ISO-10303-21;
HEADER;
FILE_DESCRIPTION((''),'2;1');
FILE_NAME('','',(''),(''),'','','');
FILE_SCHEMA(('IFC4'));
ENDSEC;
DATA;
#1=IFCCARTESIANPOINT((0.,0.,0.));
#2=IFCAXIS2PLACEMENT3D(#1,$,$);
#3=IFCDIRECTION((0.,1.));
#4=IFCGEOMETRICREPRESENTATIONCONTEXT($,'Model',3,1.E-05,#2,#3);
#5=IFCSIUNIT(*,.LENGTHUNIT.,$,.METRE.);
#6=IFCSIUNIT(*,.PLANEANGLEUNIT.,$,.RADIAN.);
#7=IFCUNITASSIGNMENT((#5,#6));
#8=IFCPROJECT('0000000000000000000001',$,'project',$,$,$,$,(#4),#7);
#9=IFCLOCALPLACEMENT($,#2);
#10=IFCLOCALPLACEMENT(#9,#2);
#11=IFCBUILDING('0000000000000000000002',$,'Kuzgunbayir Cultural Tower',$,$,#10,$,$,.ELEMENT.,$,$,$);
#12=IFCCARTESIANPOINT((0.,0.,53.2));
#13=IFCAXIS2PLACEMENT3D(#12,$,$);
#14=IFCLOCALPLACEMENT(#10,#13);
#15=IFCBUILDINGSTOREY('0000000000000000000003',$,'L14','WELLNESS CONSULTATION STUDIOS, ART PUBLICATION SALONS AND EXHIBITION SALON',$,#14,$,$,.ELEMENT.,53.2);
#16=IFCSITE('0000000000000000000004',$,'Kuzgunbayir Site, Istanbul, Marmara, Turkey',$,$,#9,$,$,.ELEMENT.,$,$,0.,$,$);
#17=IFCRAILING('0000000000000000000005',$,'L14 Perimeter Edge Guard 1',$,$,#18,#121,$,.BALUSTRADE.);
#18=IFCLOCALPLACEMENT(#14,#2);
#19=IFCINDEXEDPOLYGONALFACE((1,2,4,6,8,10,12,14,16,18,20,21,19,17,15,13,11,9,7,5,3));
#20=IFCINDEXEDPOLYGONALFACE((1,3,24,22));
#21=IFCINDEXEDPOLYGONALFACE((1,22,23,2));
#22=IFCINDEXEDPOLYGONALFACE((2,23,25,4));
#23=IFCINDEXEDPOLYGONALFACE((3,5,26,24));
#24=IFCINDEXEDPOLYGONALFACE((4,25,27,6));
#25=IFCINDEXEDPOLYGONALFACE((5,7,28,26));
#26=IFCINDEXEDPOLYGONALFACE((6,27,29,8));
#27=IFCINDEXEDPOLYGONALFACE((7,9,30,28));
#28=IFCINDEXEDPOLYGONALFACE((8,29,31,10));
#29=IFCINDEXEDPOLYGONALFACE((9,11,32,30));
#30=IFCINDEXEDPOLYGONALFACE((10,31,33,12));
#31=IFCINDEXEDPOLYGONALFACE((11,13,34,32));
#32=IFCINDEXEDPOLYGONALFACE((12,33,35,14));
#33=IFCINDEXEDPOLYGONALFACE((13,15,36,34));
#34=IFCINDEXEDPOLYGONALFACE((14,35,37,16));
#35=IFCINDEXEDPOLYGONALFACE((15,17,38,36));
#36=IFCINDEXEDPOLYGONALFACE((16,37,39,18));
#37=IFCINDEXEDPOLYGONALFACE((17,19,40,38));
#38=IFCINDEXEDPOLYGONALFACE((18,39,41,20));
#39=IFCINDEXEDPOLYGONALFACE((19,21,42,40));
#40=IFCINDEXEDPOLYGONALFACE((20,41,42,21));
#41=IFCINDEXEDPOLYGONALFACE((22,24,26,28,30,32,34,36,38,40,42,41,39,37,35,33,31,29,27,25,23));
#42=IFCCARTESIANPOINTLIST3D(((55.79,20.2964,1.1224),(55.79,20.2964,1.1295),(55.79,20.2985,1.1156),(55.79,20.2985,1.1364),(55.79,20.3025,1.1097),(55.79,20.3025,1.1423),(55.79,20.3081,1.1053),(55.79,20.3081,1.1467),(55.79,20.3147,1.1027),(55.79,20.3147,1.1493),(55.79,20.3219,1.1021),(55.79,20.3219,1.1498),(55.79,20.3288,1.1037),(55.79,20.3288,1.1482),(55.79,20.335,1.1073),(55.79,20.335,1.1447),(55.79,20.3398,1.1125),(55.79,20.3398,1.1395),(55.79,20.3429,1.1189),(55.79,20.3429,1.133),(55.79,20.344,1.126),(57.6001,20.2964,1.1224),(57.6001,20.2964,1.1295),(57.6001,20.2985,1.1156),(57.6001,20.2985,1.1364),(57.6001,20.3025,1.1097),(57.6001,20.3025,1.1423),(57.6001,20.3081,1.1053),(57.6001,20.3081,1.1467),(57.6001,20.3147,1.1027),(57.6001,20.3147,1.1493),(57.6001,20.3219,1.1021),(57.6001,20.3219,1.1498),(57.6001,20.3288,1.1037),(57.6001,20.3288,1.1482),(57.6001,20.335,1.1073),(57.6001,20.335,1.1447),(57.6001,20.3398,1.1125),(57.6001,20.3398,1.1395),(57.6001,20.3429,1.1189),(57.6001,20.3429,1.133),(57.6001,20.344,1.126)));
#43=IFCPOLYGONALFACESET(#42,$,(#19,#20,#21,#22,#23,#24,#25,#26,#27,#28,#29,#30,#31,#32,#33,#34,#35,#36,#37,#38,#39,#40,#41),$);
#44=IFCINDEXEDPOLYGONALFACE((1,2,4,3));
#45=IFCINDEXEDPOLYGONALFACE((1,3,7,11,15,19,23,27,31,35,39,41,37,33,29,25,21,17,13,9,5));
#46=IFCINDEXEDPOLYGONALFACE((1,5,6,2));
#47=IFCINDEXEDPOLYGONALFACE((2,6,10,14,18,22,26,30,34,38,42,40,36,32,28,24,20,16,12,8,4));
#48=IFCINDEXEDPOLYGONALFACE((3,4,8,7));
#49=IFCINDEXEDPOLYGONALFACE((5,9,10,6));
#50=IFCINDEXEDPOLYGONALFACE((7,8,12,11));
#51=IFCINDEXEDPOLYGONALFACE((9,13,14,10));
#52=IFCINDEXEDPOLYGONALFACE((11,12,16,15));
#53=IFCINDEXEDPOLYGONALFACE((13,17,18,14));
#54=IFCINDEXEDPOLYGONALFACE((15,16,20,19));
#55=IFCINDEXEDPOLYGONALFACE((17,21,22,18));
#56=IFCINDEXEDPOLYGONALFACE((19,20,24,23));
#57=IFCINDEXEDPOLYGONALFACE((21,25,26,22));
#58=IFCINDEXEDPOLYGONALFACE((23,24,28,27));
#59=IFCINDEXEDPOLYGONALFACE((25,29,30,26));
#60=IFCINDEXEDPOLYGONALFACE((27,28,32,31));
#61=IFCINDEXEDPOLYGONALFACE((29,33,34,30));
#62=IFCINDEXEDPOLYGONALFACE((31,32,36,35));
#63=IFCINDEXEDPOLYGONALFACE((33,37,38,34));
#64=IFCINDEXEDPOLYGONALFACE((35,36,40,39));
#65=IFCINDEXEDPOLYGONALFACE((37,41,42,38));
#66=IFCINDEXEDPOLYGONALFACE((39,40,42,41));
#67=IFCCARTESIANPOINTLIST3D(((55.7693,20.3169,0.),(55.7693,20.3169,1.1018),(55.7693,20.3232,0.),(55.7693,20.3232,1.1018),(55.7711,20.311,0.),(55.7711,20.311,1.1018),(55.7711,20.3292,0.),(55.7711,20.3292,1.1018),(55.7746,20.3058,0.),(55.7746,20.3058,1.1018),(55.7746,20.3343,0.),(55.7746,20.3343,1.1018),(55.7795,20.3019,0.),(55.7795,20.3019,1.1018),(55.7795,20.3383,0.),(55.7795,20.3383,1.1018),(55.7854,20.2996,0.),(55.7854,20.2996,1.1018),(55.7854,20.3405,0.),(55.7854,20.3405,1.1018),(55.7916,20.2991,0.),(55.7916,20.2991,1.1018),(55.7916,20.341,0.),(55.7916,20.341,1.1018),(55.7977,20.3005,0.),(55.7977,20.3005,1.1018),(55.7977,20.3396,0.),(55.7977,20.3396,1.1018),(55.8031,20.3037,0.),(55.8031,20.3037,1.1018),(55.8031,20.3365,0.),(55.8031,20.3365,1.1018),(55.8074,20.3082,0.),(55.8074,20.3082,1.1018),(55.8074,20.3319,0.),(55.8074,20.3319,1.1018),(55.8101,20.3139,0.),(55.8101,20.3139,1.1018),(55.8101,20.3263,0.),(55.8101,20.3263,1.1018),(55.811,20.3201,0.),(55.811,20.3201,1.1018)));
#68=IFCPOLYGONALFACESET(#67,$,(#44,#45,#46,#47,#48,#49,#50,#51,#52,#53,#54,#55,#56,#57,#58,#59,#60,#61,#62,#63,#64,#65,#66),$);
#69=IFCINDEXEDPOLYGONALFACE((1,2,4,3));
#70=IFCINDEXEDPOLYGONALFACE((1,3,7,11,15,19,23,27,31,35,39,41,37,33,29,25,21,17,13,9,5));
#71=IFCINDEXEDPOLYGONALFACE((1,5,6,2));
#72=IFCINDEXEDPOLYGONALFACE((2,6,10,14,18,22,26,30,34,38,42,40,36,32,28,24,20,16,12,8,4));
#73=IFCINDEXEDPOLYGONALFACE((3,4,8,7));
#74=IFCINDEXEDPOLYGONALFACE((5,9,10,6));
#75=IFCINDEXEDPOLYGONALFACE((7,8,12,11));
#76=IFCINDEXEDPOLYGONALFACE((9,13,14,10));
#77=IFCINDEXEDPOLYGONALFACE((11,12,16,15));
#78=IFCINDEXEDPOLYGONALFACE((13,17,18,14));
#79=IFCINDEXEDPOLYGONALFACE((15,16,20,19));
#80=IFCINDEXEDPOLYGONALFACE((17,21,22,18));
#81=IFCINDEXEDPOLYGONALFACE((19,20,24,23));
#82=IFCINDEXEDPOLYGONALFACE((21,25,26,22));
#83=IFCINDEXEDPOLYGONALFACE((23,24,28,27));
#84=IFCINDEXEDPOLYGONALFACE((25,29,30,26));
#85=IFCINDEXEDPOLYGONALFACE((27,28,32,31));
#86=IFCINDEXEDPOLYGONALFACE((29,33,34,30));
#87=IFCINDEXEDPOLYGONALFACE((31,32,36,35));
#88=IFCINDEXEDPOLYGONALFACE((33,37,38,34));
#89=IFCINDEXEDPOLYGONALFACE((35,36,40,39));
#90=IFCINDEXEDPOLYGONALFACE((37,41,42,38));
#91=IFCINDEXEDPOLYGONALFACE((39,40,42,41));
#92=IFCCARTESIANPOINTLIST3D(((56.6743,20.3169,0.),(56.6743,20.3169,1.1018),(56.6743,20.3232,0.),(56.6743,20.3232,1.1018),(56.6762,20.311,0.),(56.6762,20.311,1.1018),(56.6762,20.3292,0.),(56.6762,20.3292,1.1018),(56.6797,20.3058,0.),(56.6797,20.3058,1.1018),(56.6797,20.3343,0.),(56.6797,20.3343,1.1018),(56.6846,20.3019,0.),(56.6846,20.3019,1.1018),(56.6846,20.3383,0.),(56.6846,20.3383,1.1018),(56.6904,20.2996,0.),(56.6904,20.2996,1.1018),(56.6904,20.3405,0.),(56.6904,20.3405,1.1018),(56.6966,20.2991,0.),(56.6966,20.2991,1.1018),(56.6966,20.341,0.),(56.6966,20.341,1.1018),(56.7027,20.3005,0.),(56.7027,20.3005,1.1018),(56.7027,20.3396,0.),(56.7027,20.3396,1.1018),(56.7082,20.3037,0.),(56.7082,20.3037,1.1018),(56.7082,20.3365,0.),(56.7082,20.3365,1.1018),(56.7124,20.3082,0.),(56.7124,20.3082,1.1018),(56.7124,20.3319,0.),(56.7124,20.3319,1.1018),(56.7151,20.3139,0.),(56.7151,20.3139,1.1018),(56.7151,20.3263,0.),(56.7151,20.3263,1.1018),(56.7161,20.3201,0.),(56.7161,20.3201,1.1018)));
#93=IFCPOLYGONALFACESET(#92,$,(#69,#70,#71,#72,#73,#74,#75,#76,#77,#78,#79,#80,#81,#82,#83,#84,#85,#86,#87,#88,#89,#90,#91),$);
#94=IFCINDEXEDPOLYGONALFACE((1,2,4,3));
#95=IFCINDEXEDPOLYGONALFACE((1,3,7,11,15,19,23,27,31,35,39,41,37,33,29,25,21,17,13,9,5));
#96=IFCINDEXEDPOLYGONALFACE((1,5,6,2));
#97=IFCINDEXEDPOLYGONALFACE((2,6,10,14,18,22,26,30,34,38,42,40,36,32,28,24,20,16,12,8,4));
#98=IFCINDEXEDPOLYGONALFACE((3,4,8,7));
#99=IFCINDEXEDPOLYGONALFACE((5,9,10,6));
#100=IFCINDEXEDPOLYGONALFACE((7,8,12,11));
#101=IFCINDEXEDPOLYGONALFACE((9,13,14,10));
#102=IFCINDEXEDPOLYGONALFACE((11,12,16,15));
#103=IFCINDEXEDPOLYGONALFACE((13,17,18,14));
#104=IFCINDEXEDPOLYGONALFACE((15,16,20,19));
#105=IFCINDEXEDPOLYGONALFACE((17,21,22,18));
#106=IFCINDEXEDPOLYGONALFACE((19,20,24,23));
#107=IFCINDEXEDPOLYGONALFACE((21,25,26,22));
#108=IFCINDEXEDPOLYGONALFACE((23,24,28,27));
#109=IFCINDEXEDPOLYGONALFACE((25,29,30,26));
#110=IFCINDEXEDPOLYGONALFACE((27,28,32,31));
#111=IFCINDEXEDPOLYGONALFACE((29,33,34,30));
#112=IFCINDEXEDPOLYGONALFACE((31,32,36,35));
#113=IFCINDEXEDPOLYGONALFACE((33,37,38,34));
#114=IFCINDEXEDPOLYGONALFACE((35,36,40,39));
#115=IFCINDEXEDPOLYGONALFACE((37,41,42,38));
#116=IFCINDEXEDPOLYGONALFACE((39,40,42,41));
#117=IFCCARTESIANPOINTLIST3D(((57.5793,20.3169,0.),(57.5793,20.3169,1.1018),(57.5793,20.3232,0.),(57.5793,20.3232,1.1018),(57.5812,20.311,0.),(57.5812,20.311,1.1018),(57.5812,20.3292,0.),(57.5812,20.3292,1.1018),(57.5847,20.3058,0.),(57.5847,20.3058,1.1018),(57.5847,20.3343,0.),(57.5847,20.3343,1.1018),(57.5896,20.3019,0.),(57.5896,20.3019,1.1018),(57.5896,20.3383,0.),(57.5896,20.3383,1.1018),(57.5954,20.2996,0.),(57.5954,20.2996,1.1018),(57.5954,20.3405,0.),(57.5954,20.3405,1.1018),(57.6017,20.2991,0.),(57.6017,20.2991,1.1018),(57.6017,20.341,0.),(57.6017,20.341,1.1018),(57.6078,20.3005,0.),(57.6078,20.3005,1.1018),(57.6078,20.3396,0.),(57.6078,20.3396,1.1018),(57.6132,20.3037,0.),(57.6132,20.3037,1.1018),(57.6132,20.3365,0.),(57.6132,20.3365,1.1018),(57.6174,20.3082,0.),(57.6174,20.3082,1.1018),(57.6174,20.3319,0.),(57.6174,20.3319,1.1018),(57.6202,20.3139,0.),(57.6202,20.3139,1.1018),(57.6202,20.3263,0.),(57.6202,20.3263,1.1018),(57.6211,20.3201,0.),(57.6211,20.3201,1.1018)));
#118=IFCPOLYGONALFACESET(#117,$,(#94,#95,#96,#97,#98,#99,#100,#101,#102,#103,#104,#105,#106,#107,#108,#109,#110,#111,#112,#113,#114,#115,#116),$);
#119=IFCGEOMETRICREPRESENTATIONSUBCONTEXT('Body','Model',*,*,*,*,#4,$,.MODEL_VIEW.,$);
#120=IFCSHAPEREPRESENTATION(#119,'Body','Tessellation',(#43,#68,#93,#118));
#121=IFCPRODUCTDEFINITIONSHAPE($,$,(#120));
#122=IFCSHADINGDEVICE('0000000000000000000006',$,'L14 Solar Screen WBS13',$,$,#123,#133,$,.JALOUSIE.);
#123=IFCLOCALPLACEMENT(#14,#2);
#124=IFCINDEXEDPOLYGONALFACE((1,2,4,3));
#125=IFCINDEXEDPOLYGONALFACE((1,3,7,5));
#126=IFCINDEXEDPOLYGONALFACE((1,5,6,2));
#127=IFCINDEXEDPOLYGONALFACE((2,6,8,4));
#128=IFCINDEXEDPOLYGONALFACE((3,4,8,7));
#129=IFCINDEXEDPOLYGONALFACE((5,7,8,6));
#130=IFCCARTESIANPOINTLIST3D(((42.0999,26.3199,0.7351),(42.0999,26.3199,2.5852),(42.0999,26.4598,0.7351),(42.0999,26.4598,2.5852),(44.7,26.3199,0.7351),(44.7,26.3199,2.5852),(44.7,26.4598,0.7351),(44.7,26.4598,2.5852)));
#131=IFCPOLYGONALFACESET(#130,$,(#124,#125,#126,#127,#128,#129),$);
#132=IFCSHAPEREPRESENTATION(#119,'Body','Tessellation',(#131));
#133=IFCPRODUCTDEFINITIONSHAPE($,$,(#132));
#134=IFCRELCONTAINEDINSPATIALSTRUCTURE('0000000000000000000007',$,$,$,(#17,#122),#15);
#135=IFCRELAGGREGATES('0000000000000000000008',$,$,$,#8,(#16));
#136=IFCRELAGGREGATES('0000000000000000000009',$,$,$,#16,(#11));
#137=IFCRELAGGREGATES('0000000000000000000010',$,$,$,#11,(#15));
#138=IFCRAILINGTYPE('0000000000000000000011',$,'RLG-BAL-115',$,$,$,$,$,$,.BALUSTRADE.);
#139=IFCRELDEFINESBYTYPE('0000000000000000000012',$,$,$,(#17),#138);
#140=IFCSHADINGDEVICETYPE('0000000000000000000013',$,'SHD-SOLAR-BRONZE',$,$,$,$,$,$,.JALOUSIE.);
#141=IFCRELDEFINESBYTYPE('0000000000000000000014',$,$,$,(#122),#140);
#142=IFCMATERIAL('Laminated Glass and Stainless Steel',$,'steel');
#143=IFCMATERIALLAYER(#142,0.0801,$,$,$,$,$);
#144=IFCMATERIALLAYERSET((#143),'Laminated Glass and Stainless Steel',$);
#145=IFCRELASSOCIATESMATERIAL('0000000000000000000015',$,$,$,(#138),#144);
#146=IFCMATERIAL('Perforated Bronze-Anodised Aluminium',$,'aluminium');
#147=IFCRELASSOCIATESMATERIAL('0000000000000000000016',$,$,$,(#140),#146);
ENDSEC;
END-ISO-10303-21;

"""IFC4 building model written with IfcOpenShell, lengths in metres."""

from ifc_helpers import new_model, si_unit, direction, frame, origin, origin_2d, place, context, subcontext, project, spatial, rectangle, circle, extrude, material, layer, layer_set, type_object, element, save


model = new_model("IFC4")

# Units and contexts
model_context = context("Model", 3, precision=1e-05, world=origin(), true_north=direction((0.0, 1.0)))
body_context = subcontext(model_context, "Body", "Model", "MODEL_VIEW")
ifc_project = project(units=[si_unit("LENGTHUNIT", "METRE"), si_unit("PLANEANGLEUNIT", "RADIAN")], contexts=[model_context])

# Site, building, storey
site_placement = place(None, origin())
site = spatial("IfcSite", under=ifc_project, at=site_placement, Name="Kuzgunbayir Site, Istanbul, Marmara, Turkey", CompositionType="ELEMENT", RefElevation=0.0)
building_placement = place(site_placement, origin())
building = spatial("IfcBuilding", under=site, at=building_placement, Name="Kuzgunbayir Cultural Tower", CompositionType="ELEMENT")
storey_placement = place(building_placement, frame((0.0, 0.0, 53.2)))
storey = spatial("IfcBuildingStorey", under=building, at=storey_placement, Name="L14", Description="WELLNESS CONSULTATION STUDIOS, ART PUBLICATION SALONS AND EXHIBITION SALON", CompositionType="ELEMENT", Elevation=53.2)

# Railing
ifc_material_1 = material(Name="Laminated Glass and Stainless Steel", Category="steel")
ifc_layer_1 = layer(ifc_material_1, 0.0801)
ifc_layer_set_1 = layer_set([ifc_layer_1], Name="Laminated Glass and Stainless Steel")
railing_type = type_object("IfcRailingType", Name="RLG-BAL-115", PredefinedType="BALUSTRADE", material=ifc_layer_set_1)
railing_placement = place(storey_placement, frame((55.79, 20.3201, 0.0)))
element("IfcRailing", 1, at=railing_placement, inside=storey, type_object=railing_type, Name="L14 Perimeter Edge Guard 1", PredefinedType="BALUSTRADE", context=body_context, shape_type="SweptSolid", body=[
    extrude(circle(Radius=0.0239, at=origin_2d()), frame((0.0, 0.0, 1.126), z_axis=(1.0, 0.0, 0.0), x_axis=(0.0, 1.0, 0.0)), (0.0, 0.0, 1.0), 1.8101),
    extrude(circle(Radius=0.021, at=origin_2d()), origin(), (0.0, 0.0, 1.0), 1.1018),
    extrude(circle(Radius=0.021, at=origin_2d()), frame((0.905, 0.0, 0.0)), (0.0, 0.0, 1.0), 1.1018),
    extrude(circle(Radius=0.021, at=origin_2d()), frame((1.8101, 0.0, 0.0)), (0.0, 0.0, 1.0), 1.1018),
])

# Shading device
ifc_material_2 = material(Name="Perforated Bronze-Anodised Aluminium", Category="aluminium")
shading_device_type = type_object("IfcShadingDeviceType", Name="SHD-SOLAR-BRONZE", PredefinedType="JALOUSIE", material=ifc_material_2)
shading_device_placement = place(storey_placement, frame((43.3999, 26.3899, 0.7351), z_axis=(0.0, 0.0, 1.0), x_axis=(1.0, 0.0, 0.0)))
element("IfcShadingDevice", 2, at=shading_device_placement, inside=storey, type_object=shading_device_type, Name="L14 Solar Screen WBS13", PredefinedType="JALOUSIE", context=body_context, shape_type="SweptSolid", body=[
    extrude(rectangle(XDim=2.6001, YDim=0.1399, at=origin_2d()), origin(), (0.0, 0.0, 1.0), 1.8501),
])

save(model, "model.ifc")
